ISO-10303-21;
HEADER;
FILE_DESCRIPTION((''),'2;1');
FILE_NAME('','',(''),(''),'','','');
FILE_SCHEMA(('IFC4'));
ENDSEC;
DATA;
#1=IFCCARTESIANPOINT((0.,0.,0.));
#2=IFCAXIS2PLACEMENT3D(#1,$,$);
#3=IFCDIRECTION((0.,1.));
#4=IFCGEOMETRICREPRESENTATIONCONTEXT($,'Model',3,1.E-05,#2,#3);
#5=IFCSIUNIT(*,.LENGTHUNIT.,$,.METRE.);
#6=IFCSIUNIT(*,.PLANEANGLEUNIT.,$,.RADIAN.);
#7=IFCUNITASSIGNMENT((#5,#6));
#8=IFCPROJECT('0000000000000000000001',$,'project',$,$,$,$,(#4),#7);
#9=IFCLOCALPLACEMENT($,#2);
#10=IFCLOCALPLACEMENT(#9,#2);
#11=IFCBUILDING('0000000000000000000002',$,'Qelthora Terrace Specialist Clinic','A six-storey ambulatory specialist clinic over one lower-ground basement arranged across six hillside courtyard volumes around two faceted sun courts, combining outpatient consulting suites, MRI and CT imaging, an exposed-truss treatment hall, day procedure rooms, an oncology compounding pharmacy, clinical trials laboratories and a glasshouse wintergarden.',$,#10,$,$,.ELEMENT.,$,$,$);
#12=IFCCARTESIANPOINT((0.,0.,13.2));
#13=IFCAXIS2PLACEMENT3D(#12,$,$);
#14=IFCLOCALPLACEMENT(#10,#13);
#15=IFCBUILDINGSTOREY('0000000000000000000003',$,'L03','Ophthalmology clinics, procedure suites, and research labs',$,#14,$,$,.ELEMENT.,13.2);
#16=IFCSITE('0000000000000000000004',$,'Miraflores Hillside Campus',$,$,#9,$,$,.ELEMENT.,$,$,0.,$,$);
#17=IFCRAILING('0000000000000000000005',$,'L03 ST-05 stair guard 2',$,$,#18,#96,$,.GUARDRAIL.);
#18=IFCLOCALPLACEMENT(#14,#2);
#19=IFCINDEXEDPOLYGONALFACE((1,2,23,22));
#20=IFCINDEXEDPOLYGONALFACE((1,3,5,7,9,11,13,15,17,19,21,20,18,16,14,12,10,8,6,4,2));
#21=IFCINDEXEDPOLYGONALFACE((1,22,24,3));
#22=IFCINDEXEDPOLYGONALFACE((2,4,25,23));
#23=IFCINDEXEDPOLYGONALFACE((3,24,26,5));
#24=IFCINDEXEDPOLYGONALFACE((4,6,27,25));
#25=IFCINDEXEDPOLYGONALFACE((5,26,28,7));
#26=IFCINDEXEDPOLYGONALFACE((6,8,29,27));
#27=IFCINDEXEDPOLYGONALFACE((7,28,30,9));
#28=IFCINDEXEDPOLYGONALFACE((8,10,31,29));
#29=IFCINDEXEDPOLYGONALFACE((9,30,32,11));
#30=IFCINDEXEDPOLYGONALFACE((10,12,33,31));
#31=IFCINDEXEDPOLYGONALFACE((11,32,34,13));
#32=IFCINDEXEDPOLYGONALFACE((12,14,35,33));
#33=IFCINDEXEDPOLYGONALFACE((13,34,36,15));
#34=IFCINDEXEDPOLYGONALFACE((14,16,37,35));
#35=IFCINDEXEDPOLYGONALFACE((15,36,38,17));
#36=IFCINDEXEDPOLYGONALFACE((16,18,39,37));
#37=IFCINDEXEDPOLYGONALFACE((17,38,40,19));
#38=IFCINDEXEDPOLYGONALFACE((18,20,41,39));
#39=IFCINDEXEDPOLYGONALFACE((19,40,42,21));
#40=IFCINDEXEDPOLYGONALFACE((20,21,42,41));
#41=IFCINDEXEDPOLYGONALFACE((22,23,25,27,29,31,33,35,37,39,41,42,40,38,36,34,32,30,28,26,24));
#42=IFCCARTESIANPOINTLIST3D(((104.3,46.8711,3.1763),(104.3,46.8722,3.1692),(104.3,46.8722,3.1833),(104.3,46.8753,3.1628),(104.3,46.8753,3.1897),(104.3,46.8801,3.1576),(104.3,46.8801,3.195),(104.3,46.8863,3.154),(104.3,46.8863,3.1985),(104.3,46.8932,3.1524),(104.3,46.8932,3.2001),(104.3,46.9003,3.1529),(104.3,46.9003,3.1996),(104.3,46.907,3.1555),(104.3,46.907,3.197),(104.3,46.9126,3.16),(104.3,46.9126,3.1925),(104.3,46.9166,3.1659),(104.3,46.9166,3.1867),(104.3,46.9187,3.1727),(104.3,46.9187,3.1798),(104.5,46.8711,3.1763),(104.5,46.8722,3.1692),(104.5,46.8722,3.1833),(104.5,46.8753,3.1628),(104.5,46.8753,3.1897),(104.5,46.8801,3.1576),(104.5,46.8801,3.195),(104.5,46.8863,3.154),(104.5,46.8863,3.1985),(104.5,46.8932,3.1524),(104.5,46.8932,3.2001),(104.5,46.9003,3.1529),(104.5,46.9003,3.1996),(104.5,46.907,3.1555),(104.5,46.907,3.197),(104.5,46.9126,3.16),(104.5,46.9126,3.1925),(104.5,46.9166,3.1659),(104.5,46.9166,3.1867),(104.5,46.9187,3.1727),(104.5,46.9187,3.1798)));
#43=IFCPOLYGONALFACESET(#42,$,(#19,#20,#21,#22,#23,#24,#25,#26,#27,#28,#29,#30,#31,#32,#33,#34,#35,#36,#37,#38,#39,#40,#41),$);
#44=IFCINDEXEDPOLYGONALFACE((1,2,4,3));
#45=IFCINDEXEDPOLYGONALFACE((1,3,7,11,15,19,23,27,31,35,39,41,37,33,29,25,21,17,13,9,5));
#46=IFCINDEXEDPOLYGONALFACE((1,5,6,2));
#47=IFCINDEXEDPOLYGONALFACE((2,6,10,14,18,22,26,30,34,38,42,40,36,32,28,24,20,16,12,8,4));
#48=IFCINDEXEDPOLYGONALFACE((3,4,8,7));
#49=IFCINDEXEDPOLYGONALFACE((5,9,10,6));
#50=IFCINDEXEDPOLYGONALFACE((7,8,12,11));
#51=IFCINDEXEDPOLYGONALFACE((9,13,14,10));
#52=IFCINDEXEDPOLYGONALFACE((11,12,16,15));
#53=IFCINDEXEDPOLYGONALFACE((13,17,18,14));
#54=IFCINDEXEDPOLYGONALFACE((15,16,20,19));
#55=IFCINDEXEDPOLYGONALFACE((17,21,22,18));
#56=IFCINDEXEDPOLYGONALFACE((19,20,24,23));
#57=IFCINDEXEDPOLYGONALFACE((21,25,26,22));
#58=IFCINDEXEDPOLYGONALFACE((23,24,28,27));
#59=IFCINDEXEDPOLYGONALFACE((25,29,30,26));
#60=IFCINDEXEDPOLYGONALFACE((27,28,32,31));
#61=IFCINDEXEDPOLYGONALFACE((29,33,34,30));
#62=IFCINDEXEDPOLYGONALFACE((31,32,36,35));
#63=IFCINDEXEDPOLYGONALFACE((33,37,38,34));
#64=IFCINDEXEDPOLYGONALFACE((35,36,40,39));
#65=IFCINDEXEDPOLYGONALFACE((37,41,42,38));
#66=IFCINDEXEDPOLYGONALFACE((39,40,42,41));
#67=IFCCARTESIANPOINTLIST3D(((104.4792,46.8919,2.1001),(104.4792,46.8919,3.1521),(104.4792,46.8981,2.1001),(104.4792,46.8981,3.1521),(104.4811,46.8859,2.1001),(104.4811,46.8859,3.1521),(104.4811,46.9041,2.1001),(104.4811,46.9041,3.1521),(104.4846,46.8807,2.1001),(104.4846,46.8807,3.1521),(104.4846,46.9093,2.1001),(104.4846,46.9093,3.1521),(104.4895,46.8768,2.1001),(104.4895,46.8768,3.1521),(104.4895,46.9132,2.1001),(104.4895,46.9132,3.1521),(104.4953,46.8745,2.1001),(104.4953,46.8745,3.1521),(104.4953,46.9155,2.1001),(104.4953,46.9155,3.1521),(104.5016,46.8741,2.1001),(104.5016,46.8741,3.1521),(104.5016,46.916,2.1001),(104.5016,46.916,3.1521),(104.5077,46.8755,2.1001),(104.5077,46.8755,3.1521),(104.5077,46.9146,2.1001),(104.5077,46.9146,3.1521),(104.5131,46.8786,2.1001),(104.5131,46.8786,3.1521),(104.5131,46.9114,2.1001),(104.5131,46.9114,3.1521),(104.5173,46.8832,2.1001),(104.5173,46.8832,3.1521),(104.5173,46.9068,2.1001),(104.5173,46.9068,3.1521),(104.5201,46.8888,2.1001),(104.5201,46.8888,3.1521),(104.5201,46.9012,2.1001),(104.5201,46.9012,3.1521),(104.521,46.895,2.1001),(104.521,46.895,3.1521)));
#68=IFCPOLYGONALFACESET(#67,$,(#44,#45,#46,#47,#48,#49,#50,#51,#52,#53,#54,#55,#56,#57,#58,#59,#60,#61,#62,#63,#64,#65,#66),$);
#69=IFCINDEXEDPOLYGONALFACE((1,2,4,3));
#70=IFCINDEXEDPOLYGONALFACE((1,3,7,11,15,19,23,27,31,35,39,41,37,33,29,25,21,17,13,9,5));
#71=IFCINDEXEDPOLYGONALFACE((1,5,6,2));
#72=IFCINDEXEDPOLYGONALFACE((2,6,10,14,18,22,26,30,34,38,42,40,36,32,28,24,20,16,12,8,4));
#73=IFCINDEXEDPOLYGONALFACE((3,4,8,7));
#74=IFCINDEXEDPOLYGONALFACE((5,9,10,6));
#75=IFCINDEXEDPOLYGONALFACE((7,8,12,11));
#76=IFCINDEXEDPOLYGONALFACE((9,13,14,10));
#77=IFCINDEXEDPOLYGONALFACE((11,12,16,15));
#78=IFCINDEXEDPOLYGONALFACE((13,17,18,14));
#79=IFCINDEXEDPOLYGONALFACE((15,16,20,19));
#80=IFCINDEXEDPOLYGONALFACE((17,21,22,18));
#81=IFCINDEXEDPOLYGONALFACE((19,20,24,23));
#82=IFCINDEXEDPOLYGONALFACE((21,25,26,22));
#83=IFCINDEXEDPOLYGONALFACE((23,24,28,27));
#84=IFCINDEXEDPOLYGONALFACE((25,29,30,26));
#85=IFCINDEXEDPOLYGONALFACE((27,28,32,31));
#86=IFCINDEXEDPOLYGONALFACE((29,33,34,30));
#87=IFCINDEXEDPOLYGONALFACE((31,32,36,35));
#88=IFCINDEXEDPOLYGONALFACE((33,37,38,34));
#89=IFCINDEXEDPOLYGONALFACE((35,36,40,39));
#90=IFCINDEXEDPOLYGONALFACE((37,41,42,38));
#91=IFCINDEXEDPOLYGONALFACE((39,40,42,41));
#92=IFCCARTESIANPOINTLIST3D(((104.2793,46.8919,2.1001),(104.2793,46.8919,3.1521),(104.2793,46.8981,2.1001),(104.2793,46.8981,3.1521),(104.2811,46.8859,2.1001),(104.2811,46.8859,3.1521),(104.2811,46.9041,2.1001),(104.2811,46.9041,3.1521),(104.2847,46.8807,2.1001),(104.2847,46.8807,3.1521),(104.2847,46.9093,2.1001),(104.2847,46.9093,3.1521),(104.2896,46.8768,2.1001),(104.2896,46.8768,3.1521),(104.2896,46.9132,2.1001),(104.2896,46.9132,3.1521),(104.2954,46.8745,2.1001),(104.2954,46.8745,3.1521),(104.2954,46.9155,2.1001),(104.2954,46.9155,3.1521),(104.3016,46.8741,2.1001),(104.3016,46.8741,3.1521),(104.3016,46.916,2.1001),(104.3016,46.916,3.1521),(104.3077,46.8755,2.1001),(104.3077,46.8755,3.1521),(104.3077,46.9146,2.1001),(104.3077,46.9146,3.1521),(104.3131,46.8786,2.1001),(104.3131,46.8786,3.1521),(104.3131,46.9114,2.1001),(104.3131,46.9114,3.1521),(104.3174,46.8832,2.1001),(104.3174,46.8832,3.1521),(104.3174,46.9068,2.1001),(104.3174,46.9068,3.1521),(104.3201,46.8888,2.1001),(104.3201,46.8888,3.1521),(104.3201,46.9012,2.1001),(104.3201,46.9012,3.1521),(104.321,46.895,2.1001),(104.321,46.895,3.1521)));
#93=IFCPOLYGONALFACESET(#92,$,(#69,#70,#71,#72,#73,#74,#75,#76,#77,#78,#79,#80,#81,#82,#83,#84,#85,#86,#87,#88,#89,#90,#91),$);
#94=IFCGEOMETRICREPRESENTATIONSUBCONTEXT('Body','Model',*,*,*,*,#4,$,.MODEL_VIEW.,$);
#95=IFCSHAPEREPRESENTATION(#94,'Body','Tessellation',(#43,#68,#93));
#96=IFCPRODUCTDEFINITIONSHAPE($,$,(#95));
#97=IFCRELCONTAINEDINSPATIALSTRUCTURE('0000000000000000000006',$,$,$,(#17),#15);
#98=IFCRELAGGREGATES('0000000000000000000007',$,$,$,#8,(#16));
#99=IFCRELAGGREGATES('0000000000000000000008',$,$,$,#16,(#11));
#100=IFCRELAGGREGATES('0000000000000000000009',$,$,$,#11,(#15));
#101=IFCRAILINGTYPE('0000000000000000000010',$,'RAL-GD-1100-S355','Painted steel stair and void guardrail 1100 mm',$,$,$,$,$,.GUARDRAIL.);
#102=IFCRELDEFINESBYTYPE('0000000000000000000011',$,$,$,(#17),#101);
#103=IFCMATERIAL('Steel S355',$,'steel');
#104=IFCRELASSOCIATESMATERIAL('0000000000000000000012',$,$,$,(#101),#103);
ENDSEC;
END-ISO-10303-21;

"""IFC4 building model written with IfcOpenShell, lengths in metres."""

from ifc_helpers import new_model, si_unit, direction, frame, origin, origin_2d, place, context, subcontext, project, spatial, circle, extrude, material, type_object, element, save


model = new_model("IFC4")

# Units and contexts
model_context = context("Model", 3, precision=1e-05, world=origin(), true_north=direction((0.0, 1.0)))
body_context = subcontext(model_context, "Body", "Model", "MODEL_VIEW")
ifc_project = project(units=[si_unit("LENGTHUNIT", "METRE"), si_unit("PLANEANGLEUNIT", "RADIAN")], contexts=[model_context])

# Site, building, storey
site_placement = place(None, origin())
site = spatial("IfcSite", under=ifc_project, at=site_placement, Name="Miraflores Hillside Campus", CompositionType="ELEMENT", RefElevation=0.0)
building_placement = place(site_placement, origin())
building = spatial("IfcBuilding", under=site, at=building_placement, Name="Qelthora Terrace Specialist Clinic", Description="A six-storey ambulatory specialist clinic over one lower-ground basement arranged across six hillside courtyard volumes around two faceted sun courts, combining outpatient consulting suites, MRI and CT imaging, an exposed-truss treatment hall, day procedure rooms, an oncology compounding pharmacy, clinical trials laboratories and a glasshouse wintergarden.", CompositionType="ELEMENT")
storey_placement = place(building_placement, frame((0.0, 0.0, 13.2)))
storey = spatial("IfcBuildingStorey", under=building, at=storey_placement, Name="L03", Description="Ophthalmology clinics, procedure suites, and research labs", CompositionType="ELEMENT", Elevation=13.2)

# Shared definitions
ifc_material_1 = material(Name="Steel S355", Category="steel")

# Railing
railing_type = type_object("IfcRailingType", Name="RAL-GD-1100-S355", Description="Painted steel stair and void guardrail 1100 mm", PredefinedType="GUARDRAIL", material=ifc_material_1)
railing_placement = place(storey_placement, frame((104.5, 46.895, 2.1001)))
element("IfcRailing", 1, at=railing_placement, inside=storey, type_object=railing_type, Name="L03 ST-05 stair guard 2", PredefinedType="GUARDRAIL", context=body_context, shape_type="SweptSolid", body=[
    extrude(circle(Radius=0.0239, at=origin_2d()), frame((0.0, 0.0, 1.0762), z_axis=(-1.0, 0.0, 0.0), x_axis=(0.0, -1.0, 0.0)), (0.0, 0.0, 1.0), 0.2),
    extrude(circle(Radius=0.021, at=origin_2d()), origin(), (0.0, 0.0, 1.0), 1.052),
    extrude(circle(Radius=0.021, at=origin_2d()), frame((-0.2, 0.0, 0.0)), (0.0, 0.0, 1.0), 1.052),
])

save(model, "model.ifc")
